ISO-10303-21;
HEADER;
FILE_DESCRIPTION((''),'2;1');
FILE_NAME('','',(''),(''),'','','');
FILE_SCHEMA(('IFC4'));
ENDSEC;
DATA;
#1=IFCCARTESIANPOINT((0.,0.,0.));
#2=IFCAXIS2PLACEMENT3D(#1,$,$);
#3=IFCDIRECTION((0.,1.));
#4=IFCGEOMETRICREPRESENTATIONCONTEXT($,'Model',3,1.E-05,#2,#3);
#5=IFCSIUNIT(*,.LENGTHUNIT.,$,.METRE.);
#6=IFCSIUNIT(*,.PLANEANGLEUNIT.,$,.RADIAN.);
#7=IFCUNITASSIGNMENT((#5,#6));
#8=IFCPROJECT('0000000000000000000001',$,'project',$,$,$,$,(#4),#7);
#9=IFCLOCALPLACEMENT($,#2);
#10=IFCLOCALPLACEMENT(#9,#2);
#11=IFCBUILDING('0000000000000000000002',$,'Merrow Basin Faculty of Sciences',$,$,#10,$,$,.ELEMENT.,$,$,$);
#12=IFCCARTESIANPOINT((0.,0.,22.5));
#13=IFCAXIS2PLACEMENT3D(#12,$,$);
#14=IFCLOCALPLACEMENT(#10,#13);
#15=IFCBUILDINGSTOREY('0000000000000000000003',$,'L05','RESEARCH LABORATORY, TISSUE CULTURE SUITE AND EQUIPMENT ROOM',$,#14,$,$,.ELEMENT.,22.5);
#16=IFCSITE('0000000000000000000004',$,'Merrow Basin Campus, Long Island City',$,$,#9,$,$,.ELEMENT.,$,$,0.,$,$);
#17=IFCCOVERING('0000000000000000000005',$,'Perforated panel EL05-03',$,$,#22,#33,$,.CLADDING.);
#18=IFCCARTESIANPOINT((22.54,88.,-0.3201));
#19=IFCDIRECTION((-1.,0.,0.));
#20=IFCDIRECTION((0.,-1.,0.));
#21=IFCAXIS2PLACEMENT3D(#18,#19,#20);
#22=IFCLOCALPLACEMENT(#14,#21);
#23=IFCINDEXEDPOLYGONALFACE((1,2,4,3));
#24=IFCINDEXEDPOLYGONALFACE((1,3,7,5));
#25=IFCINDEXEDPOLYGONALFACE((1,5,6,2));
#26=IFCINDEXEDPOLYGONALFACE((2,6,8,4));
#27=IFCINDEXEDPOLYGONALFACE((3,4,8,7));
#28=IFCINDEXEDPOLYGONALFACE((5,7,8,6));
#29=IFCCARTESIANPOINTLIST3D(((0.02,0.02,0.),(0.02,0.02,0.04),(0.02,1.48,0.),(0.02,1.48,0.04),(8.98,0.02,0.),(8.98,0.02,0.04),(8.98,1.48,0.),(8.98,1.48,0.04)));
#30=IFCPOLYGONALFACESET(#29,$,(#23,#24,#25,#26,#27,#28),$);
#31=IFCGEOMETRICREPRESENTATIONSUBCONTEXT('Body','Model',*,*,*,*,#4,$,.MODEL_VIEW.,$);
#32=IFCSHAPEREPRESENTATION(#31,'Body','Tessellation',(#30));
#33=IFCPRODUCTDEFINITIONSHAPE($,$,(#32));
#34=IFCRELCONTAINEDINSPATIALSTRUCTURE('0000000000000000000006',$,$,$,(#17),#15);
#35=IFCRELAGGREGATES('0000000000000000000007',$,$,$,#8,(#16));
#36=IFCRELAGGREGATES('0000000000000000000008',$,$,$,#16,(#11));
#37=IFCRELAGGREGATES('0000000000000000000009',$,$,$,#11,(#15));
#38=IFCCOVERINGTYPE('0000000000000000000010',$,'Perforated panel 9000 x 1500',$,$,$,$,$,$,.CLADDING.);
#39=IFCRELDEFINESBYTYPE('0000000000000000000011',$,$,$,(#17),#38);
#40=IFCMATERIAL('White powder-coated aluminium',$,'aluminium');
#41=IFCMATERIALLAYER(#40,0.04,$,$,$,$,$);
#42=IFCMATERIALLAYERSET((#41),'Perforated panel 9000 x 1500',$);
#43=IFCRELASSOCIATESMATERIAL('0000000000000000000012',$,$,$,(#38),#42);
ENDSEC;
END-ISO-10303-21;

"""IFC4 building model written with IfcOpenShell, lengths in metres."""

from ifc_helpers import new_model, si_unit, direction, frame, origin, place, context, subcontext, project, spatial, polyline, outline, extrude, source, transform, mapped, material, layer, layer_set, type_object, element, save


model = new_model("IFC4")

# Units and contexts
model_context = context("Model", 3, precision=1e-05, world=origin(), true_north=direction((0.0, 1.0)))
body_context = subcontext(model_context, "Body", "Model", "MODEL_VIEW")
ifc_project = project(units=[si_unit("LENGTHUNIT", "METRE"), si_unit("PLANEANGLEUNIT", "RADIAN")], contexts=[model_context])

# Site, building, storey
site_placement = place(None, origin())
site = spatial("IfcSite", under=ifc_project, at=site_placement, Name="Merrow Basin Campus, Long Island City", CompositionType="ELEMENT", RefElevation=0.0)
building_placement = place(site_placement, origin())
building = spatial("IfcBuilding", under=site, at=building_placement, Name="Merrow Basin Faculty of Sciences", CompositionType="ELEMENT")
storey_placement = place(building_placement, frame((0.0, 0.0, 22.5)))
storey = spatial("IfcBuildingStorey", under=building, at=storey_placement, Name="L05", Description="RESEARCH LABORATORY, TISSUE CULTURE SUITE AND EQUIPMENT ROOM", CompositionType="ELEMENT", Elevation=22.5)

# Covering
ifc_material_1 = material(Name="White powder-coated aluminium", Category="aluminium")
ifc_layer_1 = layer(ifc_material_1, 0.04)
ifc_layer_set_1 = layer_set([ifc_layer_1], Name="Perforated panel 9000 x 1500")
covering_type = type_object("IfcCoveringType", Name="Perforated panel 9000 x 1500", PredefinedType="CLADDING", material=ifc_layer_set_1)
shared_shape_1 = source(origin(), body_context, "Body", "SweptSolid", [
    extrude(outline(polyline([(0.02, 0.02), (8.98, 0.02), (8.98, 1.48), (0.02, 1.48), (0.02, 0.02)])), origin(), (0.0, 0.0, 1.0), 0.04),
])
covering_placement = place(storey_placement, frame((22.54, 88.0, -0.3201), z_axis=(-1.0, 0.0, 0.0), x_axis=(0.0, -1.0, 0.0)))
element("IfcCovering", 1, at=covering_placement, inside=storey, type_object=covering_type, Name="Perforated panel EL05-03", PredefinedType="CLADDING", context=body_context, shape_type="MappedRepresentation", body=[
    mapped(shared_shape_1, transform((0.0, 0.0, 0.0), scale=1.0)),
])

save(model, "model.ifc")
